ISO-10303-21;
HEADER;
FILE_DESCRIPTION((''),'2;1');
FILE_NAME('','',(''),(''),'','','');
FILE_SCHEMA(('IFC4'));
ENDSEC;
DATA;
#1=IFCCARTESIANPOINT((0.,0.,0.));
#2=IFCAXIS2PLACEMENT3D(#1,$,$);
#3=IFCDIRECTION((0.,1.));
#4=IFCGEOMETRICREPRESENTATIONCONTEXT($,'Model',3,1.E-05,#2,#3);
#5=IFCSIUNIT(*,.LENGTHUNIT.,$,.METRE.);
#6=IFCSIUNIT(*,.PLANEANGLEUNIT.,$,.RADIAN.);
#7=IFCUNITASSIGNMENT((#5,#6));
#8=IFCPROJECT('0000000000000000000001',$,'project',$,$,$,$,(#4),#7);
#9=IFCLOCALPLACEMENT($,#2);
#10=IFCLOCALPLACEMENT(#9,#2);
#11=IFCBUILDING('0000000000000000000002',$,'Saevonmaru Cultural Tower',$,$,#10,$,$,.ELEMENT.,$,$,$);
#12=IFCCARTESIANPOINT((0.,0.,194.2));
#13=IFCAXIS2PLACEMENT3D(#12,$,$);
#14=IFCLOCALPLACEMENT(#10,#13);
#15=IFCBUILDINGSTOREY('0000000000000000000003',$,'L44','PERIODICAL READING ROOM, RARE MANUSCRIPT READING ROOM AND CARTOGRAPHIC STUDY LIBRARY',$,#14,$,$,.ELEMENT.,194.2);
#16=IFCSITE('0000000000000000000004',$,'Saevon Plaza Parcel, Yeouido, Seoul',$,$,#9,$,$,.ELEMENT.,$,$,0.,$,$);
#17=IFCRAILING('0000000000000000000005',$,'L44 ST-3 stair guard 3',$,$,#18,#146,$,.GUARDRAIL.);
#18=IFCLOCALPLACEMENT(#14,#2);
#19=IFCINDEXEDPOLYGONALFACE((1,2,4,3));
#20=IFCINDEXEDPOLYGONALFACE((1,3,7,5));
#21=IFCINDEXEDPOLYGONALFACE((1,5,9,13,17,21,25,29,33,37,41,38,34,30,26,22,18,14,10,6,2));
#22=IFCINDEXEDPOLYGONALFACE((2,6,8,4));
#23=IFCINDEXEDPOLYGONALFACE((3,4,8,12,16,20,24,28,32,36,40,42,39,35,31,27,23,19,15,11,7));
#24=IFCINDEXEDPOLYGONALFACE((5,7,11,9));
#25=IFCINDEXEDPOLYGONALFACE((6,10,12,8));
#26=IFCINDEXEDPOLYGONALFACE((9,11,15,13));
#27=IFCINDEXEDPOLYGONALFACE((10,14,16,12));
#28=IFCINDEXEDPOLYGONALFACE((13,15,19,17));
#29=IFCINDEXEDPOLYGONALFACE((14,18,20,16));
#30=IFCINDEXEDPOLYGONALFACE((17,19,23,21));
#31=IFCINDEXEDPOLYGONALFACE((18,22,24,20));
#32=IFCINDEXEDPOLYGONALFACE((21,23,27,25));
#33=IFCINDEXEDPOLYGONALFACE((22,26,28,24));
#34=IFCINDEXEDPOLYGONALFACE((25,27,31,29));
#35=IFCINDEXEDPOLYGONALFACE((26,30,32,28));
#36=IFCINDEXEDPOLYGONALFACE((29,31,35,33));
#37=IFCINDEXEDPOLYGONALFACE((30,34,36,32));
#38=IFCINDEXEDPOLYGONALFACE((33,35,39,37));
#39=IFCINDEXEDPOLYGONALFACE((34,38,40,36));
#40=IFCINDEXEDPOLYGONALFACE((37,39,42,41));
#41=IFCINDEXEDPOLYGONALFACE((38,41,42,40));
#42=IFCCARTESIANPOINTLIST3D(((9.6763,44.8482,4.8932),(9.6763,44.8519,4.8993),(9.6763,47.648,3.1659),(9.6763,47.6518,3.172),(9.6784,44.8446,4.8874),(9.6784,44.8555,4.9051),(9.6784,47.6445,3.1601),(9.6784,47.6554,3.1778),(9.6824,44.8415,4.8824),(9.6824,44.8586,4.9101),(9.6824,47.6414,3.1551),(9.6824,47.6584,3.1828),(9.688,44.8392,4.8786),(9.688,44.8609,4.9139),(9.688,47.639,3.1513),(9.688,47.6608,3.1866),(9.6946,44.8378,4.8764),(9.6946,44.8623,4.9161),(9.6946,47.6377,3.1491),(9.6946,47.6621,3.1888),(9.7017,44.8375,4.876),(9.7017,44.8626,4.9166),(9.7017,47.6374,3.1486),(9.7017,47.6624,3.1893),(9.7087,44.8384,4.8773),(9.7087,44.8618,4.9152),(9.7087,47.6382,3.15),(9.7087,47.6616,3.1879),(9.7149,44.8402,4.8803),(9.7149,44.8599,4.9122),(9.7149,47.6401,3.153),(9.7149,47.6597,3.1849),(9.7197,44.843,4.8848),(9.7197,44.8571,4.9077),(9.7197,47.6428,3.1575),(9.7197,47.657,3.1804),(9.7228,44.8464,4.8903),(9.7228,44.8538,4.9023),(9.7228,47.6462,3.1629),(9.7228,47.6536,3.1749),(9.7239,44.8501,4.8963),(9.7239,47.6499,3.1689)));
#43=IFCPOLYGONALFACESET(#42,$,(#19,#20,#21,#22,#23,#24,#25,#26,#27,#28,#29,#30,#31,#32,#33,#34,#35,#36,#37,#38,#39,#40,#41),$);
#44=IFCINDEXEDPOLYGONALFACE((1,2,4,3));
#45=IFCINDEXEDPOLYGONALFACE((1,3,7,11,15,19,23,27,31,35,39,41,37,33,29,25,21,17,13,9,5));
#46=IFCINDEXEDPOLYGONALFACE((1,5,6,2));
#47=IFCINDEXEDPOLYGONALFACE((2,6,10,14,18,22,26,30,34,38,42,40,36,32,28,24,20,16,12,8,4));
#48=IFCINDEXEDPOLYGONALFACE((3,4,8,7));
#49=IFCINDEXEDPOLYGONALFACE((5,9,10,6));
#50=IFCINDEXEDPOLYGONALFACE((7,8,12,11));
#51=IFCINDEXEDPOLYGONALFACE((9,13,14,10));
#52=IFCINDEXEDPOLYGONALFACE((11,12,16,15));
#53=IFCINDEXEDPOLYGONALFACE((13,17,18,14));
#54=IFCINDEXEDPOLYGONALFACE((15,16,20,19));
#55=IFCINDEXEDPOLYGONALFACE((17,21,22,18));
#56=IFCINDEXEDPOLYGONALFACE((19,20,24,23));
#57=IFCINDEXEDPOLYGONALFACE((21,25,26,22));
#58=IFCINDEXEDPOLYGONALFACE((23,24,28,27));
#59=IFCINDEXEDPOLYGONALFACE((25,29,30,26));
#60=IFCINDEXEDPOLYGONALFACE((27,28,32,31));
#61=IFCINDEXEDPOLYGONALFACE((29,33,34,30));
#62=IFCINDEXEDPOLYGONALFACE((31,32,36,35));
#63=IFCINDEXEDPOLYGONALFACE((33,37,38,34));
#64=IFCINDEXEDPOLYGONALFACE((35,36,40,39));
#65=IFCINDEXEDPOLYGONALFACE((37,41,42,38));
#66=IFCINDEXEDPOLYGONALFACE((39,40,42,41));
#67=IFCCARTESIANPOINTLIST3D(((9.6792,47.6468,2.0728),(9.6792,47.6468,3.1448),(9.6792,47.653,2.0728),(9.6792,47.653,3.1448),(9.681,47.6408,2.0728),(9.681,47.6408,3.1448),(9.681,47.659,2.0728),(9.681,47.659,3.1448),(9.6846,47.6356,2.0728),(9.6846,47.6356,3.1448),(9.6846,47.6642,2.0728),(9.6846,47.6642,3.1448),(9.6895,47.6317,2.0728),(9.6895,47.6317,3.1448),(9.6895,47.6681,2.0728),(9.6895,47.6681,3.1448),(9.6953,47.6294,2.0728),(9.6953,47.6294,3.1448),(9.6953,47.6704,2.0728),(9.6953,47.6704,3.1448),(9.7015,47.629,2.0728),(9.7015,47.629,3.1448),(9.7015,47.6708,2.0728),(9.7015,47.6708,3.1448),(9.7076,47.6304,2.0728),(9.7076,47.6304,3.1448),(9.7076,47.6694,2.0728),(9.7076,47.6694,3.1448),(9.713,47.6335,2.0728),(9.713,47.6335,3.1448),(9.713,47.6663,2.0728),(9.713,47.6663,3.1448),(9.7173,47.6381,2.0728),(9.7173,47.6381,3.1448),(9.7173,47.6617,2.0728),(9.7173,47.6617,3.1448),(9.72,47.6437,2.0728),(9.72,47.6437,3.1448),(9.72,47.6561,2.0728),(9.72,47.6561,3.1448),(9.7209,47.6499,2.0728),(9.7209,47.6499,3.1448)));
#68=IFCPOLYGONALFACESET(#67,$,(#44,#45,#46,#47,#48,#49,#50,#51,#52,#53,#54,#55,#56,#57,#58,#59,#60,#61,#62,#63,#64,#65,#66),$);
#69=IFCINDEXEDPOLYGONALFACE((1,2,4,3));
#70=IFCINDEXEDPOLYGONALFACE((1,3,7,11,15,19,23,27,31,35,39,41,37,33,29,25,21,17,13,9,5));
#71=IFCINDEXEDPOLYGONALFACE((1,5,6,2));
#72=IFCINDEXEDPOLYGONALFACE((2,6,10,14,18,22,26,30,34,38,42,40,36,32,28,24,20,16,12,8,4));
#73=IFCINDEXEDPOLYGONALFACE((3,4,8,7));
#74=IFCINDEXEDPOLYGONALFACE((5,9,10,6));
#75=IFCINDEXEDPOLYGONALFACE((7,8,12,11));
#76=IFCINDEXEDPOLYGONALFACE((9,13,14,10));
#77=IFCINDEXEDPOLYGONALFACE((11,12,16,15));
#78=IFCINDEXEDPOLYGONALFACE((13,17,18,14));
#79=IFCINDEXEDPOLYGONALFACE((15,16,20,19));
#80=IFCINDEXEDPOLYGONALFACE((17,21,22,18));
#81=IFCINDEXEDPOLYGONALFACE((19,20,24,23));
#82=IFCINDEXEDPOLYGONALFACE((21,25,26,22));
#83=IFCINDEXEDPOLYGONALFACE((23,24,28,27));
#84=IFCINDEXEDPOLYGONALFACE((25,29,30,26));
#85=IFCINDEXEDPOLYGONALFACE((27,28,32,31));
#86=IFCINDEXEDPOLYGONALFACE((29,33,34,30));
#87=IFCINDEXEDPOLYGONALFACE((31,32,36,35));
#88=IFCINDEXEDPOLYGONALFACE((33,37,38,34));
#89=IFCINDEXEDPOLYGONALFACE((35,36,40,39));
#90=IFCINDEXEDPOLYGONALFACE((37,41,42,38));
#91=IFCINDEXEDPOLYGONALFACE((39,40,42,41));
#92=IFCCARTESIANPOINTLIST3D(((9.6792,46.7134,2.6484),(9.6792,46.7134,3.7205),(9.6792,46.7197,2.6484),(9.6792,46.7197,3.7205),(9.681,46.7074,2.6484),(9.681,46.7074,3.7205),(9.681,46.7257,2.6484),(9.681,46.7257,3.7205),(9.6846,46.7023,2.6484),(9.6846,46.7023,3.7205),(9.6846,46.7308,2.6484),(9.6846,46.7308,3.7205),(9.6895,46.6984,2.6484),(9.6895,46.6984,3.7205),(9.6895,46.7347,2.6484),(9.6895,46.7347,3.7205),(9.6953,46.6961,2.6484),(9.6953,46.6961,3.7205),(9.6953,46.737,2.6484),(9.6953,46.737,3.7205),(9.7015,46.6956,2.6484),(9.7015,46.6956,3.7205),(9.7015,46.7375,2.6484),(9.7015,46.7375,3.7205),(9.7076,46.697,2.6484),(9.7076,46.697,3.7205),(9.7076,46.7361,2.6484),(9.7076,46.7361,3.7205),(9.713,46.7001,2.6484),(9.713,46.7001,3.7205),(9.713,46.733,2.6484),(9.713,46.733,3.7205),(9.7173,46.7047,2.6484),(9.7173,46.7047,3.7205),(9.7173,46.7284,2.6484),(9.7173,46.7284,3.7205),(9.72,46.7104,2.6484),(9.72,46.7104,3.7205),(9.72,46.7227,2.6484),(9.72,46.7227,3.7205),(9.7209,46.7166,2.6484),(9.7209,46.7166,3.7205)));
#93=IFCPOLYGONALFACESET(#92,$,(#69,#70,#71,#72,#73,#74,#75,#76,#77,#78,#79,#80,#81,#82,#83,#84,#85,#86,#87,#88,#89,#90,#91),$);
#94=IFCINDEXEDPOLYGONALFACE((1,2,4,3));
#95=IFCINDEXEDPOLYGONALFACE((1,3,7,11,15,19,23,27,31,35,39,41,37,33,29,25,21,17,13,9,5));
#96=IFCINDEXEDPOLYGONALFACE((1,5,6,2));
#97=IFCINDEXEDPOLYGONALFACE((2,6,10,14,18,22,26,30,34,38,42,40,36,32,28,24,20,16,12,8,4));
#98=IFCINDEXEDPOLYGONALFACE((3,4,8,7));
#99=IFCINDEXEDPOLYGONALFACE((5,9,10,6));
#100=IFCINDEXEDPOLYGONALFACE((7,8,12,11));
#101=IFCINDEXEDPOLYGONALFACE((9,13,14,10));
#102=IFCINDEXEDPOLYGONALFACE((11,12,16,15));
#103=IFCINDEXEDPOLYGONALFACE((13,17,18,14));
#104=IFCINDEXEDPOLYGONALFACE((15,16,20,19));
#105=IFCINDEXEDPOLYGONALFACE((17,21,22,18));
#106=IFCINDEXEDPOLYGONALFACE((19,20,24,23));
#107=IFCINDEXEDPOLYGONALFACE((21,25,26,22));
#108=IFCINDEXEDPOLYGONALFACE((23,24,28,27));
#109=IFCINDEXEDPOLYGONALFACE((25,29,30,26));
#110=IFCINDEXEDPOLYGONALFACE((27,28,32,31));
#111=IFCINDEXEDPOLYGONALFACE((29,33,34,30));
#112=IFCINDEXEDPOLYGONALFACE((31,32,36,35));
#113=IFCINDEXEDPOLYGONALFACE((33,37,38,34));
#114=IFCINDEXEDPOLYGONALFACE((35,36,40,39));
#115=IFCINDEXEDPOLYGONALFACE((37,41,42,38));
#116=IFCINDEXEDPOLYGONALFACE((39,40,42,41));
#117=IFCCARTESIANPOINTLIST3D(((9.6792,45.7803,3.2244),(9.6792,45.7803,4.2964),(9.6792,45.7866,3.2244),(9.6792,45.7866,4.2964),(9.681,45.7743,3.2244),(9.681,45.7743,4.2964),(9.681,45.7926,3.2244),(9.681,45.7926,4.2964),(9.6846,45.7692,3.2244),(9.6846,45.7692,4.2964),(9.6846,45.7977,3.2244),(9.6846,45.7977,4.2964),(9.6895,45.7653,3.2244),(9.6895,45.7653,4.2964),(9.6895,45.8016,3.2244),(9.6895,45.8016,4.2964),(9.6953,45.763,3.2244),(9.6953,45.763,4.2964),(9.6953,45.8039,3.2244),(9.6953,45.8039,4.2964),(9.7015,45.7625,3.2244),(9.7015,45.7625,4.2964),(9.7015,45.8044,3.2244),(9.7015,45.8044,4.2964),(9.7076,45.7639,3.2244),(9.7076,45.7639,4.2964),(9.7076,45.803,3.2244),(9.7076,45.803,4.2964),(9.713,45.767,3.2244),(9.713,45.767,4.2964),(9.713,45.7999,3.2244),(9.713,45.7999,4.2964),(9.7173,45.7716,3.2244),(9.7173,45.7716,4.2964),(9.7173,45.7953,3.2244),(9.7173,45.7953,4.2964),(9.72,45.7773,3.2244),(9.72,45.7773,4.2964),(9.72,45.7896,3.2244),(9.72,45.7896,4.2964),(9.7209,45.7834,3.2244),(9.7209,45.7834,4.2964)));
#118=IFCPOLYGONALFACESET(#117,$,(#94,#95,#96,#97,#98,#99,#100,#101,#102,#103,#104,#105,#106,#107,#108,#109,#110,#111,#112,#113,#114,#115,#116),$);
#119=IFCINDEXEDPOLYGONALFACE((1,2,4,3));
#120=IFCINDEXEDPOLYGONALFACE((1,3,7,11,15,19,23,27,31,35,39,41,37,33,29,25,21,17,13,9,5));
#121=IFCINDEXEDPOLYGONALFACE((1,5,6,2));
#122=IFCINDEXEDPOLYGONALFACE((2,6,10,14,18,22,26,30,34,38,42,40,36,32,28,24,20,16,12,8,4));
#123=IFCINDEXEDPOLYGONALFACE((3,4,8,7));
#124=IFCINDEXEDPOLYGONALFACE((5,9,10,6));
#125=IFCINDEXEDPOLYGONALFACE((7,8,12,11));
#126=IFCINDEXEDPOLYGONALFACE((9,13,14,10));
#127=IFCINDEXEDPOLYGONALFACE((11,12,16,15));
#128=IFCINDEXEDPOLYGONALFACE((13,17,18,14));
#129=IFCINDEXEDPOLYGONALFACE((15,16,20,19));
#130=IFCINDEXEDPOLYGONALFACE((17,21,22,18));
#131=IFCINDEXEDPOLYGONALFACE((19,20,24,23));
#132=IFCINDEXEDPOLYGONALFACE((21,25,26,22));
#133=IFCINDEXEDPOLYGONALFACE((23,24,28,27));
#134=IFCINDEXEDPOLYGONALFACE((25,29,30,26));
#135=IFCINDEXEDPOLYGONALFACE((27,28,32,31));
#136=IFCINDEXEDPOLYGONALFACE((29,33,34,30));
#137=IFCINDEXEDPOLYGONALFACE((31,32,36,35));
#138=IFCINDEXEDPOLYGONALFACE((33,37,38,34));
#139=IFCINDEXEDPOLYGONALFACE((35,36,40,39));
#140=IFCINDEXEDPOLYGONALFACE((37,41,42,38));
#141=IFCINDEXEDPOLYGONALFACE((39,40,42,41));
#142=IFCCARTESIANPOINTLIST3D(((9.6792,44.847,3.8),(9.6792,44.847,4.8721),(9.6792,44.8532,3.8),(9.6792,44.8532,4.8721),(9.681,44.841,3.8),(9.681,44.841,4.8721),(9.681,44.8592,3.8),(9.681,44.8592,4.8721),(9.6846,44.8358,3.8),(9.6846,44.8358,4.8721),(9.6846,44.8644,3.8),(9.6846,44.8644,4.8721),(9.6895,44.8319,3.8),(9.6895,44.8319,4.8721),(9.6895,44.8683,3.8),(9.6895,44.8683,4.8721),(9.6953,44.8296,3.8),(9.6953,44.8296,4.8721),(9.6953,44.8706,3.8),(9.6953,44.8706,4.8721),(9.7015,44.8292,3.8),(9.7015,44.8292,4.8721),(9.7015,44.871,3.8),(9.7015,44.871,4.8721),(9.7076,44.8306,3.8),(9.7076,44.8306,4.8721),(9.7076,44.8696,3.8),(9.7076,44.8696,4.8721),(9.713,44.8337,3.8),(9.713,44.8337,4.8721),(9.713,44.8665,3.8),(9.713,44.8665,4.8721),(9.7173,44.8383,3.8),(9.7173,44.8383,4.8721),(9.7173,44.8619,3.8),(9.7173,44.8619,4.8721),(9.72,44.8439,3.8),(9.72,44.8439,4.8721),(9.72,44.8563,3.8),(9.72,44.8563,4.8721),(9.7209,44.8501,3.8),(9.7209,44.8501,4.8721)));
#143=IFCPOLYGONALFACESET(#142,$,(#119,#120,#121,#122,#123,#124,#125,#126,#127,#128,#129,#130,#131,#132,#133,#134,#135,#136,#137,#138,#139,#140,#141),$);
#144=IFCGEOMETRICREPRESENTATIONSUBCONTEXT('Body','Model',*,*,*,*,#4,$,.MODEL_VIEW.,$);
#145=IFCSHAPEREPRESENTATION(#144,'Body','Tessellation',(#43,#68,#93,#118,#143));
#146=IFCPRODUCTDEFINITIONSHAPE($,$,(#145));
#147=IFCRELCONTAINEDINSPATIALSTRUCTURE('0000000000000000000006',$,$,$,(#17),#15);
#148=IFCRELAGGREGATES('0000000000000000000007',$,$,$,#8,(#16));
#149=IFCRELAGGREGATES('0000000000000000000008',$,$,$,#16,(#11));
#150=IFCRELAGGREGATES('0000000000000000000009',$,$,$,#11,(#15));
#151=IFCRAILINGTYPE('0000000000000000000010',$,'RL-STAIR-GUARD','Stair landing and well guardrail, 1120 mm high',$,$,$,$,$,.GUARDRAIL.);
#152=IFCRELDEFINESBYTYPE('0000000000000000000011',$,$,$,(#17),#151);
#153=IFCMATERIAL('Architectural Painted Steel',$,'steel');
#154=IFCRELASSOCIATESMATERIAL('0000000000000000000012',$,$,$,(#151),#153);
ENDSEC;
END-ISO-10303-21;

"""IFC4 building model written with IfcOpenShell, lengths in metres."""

from ifc_helpers import new_model, si_unit, direction, frame, origin, origin_2d, place, context, subcontext, project, spatial, circle, extrude, material, type_object, element, save


model = new_model("IFC4")

# Units and contexts
model_context = context("Model", 3, precision=1e-05, world=origin(), true_north=direction((0.0, 1.0)))
body_context = subcontext(model_context, "Body", "Model", "MODEL_VIEW")
ifc_project = project(units=[si_unit("LENGTHUNIT", "METRE"), si_unit("PLANEANGLEUNIT", "RADIAN")], contexts=[model_context])

# Site, building, storey
site_placement = place(None, origin())
site = spatial("IfcSite", under=ifc_project, at=site_placement, Name="Saevon Plaza Parcel, Yeouido, Seoul", CompositionType="ELEMENT", RefElevation=0.0)
building_placement = place(site_placement, origin())
building = spatial("IfcBuilding", under=site, at=building_placement, Name="Saevonmaru Cultural Tower", CompositionType="ELEMENT")
storey_placement = place(building_placement, frame((0.0, 0.0, 194.2)))
storey = spatial("IfcBuildingStorey", under=building, at=storey_placement, Name="L44", Description="PERIODICAL READING ROOM, RARE MANUSCRIPT READING ROOM AND CARTOGRAPHIC STUDY LIBRARY", CompositionType="ELEMENT", Elevation=194.2)

# Railing
ifc_material_1 = material(Name="Architectural Painted Steel", Category="steel")
railing_type_1 = type_object("IfcRailingType", Name="RL-STAIR-GUARD", Description="Stair landing and well guardrail, 1120 mm high", PredefinedType="GUARDRAIL", material=ifc_material_1)
railing_1_placement = place(storey_placement, frame((9.7, 47.6499, 2.0728)))
element("IfcRailing", 1, at=railing_1_placement, inside=storey, type_object=railing_type_1, Name="L44 ST-3 stair guard 3", PredefinedType="GUARDRAIL", context=body_context, shape_type="SweptSolid", body=[
    extrude(circle(Radius=0.0239, at=origin_2d()), frame((0.0, 0.0, 1.0962), z_axis=(0.0, -0.851069, 0.525054), x_axis=(1.0, 0.0, 0.0)), (0.0, 0.0, 1.0), 3.2898),
    extrude(circle(Radius=0.021, at=origin_2d()), origin(), (0.0, 0.0, 1.0), 1.072),
    extrude(circle(Radius=0.021, at=origin_2d()), frame((0.0, -0.9333, 0.5757)), (0.0, 0.0, 1.0), 1.072),
    extrude(circle(Radius=0.021, at=origin_2d()), frame((0.0, -1.8665, 1.1516)), (0.0, 0.0, 1.0), 1.072),
    extrude(circle(Radius=0.021, at=origin_2d()), frame((0.0, -2.7998, 1.7273)), (0.0, 0.0, 1.0), 1.072),
])

save(model, "model.ifc")
